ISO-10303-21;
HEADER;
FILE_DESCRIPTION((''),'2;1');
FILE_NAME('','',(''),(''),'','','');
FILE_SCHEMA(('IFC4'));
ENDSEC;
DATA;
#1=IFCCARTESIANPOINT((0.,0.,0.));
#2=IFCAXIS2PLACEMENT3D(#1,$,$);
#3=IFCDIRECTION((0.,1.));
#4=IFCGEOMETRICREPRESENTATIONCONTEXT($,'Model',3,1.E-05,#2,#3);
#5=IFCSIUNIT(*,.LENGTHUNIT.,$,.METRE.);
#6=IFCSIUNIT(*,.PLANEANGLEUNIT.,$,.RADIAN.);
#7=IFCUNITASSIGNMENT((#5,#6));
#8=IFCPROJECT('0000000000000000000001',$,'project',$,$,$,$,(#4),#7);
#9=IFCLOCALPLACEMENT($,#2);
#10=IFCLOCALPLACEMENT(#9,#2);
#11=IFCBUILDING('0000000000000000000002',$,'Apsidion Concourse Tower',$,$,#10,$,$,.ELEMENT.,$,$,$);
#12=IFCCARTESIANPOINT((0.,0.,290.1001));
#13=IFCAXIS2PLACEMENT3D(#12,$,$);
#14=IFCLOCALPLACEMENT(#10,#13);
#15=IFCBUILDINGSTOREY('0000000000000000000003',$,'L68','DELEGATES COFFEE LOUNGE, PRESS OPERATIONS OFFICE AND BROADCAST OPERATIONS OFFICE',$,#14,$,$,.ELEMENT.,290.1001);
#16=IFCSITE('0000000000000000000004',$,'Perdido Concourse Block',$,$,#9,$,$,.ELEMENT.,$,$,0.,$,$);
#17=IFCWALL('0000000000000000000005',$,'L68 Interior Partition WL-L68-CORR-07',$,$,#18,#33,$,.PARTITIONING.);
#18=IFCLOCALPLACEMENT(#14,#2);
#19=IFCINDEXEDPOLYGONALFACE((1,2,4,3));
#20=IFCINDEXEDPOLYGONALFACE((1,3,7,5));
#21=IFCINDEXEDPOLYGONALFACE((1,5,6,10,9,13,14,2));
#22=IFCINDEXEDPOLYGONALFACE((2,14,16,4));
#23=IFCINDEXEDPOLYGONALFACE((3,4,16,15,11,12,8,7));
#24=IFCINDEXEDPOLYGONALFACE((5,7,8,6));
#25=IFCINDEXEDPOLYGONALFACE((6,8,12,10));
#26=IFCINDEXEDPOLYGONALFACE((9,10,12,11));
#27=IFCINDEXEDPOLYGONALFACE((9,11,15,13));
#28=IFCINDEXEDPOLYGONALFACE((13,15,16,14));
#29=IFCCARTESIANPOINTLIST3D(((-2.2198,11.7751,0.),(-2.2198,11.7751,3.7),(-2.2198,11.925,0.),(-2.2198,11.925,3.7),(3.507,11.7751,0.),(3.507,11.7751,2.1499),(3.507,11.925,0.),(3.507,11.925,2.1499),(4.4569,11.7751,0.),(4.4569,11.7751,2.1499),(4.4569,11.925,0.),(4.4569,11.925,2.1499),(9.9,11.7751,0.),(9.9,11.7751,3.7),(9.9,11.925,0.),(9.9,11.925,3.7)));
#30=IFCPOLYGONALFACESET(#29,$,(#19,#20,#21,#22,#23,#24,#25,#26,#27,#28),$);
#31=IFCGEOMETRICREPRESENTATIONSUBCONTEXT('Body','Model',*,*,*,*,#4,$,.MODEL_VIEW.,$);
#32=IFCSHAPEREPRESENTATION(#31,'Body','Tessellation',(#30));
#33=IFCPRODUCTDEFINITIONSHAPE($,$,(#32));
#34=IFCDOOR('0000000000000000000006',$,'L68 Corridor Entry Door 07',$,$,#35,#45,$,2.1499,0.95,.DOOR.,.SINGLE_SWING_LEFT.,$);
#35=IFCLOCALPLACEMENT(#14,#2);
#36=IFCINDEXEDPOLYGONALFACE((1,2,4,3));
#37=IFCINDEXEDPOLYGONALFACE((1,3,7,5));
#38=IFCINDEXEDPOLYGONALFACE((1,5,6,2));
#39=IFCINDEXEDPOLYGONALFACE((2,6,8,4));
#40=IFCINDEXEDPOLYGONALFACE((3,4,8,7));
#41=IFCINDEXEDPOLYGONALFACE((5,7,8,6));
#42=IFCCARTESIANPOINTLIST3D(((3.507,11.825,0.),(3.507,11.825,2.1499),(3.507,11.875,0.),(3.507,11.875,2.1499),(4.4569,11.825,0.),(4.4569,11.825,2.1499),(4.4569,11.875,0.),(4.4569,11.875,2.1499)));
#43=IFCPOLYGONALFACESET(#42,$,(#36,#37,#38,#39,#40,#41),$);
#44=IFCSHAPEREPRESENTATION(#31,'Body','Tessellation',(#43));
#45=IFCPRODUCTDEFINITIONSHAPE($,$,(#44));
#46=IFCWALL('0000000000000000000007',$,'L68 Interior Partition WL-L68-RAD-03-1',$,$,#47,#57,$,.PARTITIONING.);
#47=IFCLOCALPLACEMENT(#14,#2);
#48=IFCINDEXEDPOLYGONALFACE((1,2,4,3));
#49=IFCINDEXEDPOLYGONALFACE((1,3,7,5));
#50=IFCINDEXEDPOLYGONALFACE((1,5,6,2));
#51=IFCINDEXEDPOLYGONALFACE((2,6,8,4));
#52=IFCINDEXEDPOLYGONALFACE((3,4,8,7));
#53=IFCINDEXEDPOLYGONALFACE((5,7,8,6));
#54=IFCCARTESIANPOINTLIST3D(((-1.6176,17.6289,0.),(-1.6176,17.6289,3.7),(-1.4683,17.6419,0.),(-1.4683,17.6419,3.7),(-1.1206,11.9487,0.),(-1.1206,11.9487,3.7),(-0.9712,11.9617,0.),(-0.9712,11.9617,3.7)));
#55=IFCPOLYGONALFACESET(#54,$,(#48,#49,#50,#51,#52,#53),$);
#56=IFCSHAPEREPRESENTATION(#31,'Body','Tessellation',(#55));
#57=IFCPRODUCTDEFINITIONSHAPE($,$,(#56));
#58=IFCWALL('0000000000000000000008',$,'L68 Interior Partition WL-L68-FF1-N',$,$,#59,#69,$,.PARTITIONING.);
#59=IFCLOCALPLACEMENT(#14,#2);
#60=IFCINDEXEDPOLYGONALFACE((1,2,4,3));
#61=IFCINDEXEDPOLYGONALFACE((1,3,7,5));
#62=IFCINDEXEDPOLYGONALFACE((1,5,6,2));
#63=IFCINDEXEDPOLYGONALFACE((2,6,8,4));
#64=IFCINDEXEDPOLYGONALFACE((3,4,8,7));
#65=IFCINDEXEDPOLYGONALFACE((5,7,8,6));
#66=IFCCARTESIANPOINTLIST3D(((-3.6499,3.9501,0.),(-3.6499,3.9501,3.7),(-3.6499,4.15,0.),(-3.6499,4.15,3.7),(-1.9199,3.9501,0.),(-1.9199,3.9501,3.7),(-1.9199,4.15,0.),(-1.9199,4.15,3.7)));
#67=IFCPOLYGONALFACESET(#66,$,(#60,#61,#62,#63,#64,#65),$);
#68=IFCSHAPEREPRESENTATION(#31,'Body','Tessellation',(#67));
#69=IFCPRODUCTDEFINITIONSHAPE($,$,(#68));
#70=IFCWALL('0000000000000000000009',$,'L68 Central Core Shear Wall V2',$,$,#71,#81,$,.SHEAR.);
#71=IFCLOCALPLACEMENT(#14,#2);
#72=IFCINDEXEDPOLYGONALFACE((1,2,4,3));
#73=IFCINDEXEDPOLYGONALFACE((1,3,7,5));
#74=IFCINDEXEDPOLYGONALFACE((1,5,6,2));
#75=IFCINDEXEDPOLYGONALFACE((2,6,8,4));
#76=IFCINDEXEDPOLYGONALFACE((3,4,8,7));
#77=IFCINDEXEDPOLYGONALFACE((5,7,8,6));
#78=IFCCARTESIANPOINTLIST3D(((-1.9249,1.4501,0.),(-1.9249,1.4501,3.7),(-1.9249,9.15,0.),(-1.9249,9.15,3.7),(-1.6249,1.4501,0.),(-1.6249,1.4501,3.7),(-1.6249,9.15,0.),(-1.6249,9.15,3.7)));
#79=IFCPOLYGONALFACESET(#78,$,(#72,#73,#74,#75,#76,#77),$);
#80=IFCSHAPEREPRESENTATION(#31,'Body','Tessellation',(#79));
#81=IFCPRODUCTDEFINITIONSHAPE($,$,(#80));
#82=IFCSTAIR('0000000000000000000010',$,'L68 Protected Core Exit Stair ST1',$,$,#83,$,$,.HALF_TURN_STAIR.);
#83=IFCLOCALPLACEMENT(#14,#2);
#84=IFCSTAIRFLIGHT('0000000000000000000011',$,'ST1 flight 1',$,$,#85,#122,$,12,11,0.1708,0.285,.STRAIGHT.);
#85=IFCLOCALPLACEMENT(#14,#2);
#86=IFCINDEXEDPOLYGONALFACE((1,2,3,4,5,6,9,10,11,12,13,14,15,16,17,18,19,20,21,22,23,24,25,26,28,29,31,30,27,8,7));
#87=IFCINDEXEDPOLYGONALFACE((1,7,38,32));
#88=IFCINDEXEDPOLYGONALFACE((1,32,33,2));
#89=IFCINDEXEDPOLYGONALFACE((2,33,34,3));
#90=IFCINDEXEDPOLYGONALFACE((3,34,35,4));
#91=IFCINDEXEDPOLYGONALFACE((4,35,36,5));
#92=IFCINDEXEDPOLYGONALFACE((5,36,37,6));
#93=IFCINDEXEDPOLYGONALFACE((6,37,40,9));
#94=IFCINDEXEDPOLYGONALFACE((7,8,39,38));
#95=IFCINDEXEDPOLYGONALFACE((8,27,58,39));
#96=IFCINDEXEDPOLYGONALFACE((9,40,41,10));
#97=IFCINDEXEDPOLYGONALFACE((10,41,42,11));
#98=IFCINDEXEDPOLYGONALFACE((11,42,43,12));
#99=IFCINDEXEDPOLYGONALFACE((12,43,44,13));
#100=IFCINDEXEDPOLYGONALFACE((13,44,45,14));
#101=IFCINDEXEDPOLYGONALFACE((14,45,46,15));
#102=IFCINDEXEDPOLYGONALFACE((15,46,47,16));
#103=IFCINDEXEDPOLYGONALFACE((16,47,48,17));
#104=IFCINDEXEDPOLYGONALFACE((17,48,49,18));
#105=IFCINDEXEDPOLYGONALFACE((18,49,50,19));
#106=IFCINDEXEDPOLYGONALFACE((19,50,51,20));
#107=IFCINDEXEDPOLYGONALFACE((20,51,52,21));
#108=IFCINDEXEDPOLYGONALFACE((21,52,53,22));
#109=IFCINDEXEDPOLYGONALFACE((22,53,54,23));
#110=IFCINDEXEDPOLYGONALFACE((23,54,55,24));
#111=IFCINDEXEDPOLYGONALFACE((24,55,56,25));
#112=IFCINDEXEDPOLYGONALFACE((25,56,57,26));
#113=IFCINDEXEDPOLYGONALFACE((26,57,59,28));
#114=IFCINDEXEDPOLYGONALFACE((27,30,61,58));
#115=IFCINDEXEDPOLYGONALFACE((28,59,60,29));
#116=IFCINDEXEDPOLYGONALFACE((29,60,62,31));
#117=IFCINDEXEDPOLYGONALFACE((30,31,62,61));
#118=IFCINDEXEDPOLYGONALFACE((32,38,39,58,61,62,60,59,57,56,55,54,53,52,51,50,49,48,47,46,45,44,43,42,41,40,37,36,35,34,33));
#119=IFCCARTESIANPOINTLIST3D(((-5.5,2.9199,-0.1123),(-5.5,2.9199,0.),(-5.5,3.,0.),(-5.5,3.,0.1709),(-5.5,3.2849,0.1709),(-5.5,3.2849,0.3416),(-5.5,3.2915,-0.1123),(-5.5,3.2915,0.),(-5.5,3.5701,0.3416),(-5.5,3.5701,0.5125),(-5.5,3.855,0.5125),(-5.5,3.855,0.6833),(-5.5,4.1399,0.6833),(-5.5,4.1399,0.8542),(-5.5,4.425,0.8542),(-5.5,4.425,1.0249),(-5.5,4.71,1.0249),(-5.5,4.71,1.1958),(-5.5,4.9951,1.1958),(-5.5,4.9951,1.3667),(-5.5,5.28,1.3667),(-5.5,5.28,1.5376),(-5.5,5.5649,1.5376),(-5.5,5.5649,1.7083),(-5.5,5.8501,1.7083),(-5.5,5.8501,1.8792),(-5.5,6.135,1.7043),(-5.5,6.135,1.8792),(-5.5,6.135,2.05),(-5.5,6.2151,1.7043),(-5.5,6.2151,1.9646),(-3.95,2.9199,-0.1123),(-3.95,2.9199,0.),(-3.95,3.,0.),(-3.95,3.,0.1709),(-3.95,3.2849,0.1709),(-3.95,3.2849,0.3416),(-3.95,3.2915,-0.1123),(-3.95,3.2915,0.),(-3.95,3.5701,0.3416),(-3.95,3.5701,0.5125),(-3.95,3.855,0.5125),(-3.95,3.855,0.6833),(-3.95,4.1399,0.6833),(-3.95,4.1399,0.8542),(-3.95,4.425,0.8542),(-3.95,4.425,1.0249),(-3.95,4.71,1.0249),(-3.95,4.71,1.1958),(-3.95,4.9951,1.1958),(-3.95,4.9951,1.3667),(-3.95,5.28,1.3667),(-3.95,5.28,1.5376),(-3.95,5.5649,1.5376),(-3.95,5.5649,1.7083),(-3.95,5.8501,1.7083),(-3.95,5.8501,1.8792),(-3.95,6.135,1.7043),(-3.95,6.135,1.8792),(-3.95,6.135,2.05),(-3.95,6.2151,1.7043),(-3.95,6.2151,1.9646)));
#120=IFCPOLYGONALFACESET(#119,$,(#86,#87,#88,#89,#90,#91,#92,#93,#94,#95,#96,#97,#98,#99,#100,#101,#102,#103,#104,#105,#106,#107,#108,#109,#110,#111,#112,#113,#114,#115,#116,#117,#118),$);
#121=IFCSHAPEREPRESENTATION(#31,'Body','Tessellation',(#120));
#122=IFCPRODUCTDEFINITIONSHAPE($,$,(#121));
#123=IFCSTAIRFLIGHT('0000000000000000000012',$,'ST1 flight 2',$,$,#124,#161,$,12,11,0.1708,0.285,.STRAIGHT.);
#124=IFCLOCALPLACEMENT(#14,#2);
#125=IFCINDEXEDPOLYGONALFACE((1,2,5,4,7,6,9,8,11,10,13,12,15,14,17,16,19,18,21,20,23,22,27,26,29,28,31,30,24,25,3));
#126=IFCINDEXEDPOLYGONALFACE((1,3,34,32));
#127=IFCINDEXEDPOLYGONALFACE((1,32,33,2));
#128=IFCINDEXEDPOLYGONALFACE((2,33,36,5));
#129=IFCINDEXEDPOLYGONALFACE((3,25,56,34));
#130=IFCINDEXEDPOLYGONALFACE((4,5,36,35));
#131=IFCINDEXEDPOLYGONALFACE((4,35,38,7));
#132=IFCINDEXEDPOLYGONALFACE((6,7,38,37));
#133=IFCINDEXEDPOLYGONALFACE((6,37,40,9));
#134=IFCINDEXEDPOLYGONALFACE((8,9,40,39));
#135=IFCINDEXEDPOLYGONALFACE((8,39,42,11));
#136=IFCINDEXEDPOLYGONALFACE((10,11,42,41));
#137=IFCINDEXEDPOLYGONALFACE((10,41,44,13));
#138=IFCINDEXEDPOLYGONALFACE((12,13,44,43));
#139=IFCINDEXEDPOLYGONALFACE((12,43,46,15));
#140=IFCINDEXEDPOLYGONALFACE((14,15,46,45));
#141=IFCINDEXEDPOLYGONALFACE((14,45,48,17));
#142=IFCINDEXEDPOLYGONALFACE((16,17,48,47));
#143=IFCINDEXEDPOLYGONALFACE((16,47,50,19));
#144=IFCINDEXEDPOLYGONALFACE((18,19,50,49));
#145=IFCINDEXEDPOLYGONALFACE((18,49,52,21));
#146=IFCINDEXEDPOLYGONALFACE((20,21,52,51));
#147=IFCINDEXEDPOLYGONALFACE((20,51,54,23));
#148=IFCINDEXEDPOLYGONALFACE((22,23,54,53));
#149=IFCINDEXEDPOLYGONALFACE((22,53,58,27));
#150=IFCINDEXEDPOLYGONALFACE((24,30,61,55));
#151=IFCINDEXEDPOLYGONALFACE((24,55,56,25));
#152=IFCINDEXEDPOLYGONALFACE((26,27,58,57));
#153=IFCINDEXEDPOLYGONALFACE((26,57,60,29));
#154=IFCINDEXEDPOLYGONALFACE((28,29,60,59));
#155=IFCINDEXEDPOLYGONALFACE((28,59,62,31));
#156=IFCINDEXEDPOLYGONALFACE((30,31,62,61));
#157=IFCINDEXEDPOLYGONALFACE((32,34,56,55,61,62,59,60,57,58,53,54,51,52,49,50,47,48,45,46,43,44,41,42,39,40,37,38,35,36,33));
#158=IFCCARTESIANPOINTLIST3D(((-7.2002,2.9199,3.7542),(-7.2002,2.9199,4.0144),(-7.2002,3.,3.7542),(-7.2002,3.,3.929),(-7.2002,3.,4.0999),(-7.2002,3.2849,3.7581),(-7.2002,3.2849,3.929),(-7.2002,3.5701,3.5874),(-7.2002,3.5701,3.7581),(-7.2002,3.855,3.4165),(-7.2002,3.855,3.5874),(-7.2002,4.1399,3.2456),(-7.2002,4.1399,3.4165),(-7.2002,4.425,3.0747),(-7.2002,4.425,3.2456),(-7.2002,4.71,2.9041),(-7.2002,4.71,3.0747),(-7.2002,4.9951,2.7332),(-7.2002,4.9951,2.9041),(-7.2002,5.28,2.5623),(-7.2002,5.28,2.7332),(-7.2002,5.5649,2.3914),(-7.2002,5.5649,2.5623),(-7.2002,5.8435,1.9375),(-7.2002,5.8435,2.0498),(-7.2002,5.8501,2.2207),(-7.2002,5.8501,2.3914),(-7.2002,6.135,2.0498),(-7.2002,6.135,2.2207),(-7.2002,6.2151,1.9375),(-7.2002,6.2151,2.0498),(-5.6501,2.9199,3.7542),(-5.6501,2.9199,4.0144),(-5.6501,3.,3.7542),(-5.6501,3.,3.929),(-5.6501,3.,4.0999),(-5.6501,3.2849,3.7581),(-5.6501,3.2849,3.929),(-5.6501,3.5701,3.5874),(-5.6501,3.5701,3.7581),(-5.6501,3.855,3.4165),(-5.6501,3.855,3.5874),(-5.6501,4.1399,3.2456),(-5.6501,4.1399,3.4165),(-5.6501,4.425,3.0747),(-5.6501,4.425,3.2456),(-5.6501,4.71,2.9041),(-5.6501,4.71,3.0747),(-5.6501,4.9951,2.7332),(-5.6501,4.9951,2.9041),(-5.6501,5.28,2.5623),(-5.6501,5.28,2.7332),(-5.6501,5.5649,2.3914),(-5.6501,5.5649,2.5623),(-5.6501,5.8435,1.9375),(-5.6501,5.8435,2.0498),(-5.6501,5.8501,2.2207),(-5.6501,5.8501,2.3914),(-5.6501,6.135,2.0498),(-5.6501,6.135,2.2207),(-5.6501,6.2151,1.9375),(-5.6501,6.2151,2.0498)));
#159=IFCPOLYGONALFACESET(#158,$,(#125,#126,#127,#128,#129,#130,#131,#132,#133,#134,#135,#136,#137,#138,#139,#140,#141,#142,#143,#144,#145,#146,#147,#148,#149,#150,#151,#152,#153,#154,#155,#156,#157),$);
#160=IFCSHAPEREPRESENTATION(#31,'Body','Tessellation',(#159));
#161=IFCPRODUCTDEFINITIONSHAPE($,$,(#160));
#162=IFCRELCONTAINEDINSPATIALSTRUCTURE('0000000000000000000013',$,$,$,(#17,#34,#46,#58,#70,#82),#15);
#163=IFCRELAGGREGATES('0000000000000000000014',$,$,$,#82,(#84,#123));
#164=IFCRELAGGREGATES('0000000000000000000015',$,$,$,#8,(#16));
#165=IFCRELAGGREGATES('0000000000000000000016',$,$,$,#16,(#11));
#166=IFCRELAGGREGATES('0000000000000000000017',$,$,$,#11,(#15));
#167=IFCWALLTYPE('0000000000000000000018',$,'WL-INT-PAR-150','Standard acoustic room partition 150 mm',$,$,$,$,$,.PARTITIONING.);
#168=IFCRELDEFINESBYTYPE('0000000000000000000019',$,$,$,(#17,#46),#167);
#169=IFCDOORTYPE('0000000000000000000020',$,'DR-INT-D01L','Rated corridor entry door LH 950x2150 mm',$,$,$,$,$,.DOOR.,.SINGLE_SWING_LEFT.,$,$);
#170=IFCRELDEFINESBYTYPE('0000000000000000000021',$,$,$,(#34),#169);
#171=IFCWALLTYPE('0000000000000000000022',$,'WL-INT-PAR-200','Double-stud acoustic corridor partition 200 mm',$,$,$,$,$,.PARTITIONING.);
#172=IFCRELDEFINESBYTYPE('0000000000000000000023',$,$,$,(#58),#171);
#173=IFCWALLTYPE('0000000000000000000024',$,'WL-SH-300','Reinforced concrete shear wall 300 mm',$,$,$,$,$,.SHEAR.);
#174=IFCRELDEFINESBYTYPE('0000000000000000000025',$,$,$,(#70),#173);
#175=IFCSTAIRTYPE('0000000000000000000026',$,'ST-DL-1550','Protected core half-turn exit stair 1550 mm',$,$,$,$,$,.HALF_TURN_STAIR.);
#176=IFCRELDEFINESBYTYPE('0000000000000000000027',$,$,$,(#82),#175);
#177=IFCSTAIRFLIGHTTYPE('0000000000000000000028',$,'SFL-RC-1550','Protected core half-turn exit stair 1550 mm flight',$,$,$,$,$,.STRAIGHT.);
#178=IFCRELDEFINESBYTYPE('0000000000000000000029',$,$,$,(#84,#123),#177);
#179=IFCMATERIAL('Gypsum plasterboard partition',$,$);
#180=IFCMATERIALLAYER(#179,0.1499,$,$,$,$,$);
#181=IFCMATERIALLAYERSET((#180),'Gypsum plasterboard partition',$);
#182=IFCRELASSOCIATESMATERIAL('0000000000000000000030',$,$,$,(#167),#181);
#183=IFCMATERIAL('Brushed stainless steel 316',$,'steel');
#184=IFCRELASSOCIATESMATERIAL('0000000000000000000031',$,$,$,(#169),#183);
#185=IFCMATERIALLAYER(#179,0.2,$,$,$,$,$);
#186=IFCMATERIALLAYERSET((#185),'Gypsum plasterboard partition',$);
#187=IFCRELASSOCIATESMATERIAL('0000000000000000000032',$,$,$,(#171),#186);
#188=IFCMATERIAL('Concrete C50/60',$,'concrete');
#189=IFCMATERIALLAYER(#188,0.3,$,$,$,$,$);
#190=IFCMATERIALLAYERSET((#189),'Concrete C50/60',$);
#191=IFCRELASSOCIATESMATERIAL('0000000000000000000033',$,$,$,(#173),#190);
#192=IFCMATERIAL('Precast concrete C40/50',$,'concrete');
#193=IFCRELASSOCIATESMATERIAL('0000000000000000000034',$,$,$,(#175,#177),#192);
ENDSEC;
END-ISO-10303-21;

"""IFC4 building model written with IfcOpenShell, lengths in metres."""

from ifc_helpers import new_model, si_unit, direction, frame, frame_2d, origin, place, context, subcontext, project, spatial, polyline, rectangle, outline, extrude, material, layer, layer_set, type_object, element, fill, aggregate, save


model = new_model("IFC4")

# Units and contexts
model_context = context("Model", 3, precision=1e-05, world=origin(), true_north=direction((0.0, 1.0)))
body_context = subcontext(model_context, "Body", "Model", "MODEL_VIEW")
ifc_project = project(units=[si_unit("LENGTHUNIT", "METRE"), si_unit("PLANEANGLEUNIT", "RADIAN")], contexts=[model_context])

# Site, building, storey
site_placement = place(None, origin())
site = spatial("IfcSite", under=ifc_project, at=site_placement, Name="Perdido Concourse Block", CompositionType="ELEMENT", RefElevation=0.0)
building_placement = place(site_placement, origin())
building = spatial("IfcBuilding", under=site, at=building_placement, Name="Apsidion Concourse Tower", CompositionType="ELEMENT")
storey_placement = place(building_placement, frame((0.0, 0.0, 290.1001)))
storey = spatial("IfcBuildingStorey", under=building, at=storey_placement, Name="L68", Description="DELEGATES COFFEE LOUNGE, PRESS OPERATIONS OFFICE AND BROADCAST OPERATIONS OFFICE", CompositionType="ELEMENT", Elevation=290.1001)

# Shared definitions
ifc_material_1 = material(Name="Concrete C50/60", Category="concrete")

# Shared definitions
ifc_material_2 = material(Name="Gypsum plasterboard partition")
ifc_layer_1 = layer(ifc_material_2, 0.1499)
ifc_layer_set_1 = layer_set([ifc_layer_1], Name="Gypsum plasterboard partition")
wall_type_1 = type_object("IfcWallType", Name="WL-INT-PAR-150", Description="Standard acoustic room partition 150 mm", PredefinedType="PARTITIONING", material=ifc_layer_set_1)

# Wall, opening, door
wall_1_placement = place(storey_placement, frame((-2.22, 11.8501, 0.0), z_axis=(0.0, 0.0, 1.0), x_axis=(1.0, 0.0, 0.0)))
wall_1 = element("IfcWall", 1, at=wall_1_placement, inside=storey, type_object=wall_type_1, Name="L68 Interior Partition WL-L68-CORR-07", PredefinedType="PARTITIONING", context=body_context, shape_type="SweptSolid", body=[
    extrude(rectangle(XDim=12.1199, YDim=0.1499, at=frame_2d((6.0601, 0.0))), origin(), (0.0, 0.0, 1.0), 3.7),
])
opening_1_placement = place(wall_1_placement, frame((5.7268, 0.0, 0.0)))
opening_1 = element("IfcOpeningElement", 2, at=opening_1_placement, cuts=wall_1, PredefinedType="OPENING", context=body_context, shape_type="SweptSolid", body=[
    extrude(rectangle(XDim=0.95, YDim=2.1499, at=frame_2d((0.4751, 1.075))), frame((0.0, 0.085, 0.0), z_axis=(0.0, -1.0, 0.0), x_axis=(1.0, 0.0, 0.0)), (0.0, 0.0, 1.0), 0.1699),
])
ifc_material_3 = material(Name="Brushed stainless steel 316", Category="steel")
door_type_1 = type_object("IfcDoorType", Name="DR-INT-D01L", Description="Rated corridor entry door LH 950x2150 mm", OperationType="SINGLE_SWING_LEFT", PredefinedType="DOOR", material=ifc_material_3)
door_1_placement = place(opening_1_placement, origin())
door_1 = element("IfcDoor", 3, at=door_1_placement, inside=storey, type_object=door_type_1, Name="L68 Corridor Entry Door 07", OperationType="SINGLE_SWING_LEFT", OverallHeight=2.1499, OverallWidth=0.95, PredefinedType="DOOR", context=body_context, shape_type="SweptSolid", body=[
    extrude(rectangle(XDim=0.95, YDim=2.1499, at=frame_2d((0.4751, 1.075))), frame((0.0, 0.0249, 0.0), z_axis=(0.0, -1.0, 0.0), x_axis=(1.0, 0.0, 0.0)), (0.0, 0.0, 1.0), 0.05),
])
fill(opening_1, door_1)

# Walls
wall_2_placement = place(storey_placement, frame((-1.0459, 11.9551, 0.0), z_axis=(0.0, 0.0, 1.0), x_axis=(-0.087177, 0.996193, 0.0)))
element("IfcWall", 4, at=wall_2_placement, inside=storey, type_object=wall_type_1, Name="L68 Interior Partition WL-L68-RAD-03-1", PredefinedType="PARTITIONING", context=body_context, shape_type="SweptSolid", body=[
    extrude(rectangle(XDim=5.7019, YDim=0.1499, at=frame_2d((2.8511, 0.0))), origin(), (0.0, 0.0, 1.0), 3.7),
])
ifc_layer_2 = layer(ifc_material_2, 0.2)
ifc_layer_set_2 = layer_set([ifc_layer_2], Name="Gypsum plasterboard partition")
wall_type_2 = type_object("IfcWallType", Name="WL-INT-PAR-200", Description="Double-stud acoustic corridor partition 200 mm", PredefinedType="PARTITIONING", material=ifc_layer_set_2)
wall_3_placement = place(storey_placement, frame((-3.6499, 4.05, 0.0), z_axis=(0.0, 0.0, 1.0), x_axis=(1.0, 0.0, 0.0)))
element("IfcWall", 5, at=wall_3_placement, inside=storey, type_object=wall_type_2, Name="L68 Interior Partition WL-L68-FF1-N", PredefinedType="PARTITIONING", context=body_context, shape_type="SweptSolid", body=[
    extrude(rectangle(XDim=1.73, YDim=0.2, at=frame_2d((0.865, 0.0))), origin(), (0.0, 0.0, 1.0), 3.7),
])
ifc_layer_3 = layer(ifc_material_1, 0.3)
ifc_layer_set_3 = layer_set([ifc_layer_3], Name="Concrete C50/60")
wall_type_3 = type_object("IfcWallType", Name="WL-SH-300", Description="Reinforced concrete shear wall 300 mm", PredefinedType="SHEAR", material=ifc_layer_set_3)
wall_4_placement = place(storey_placement, frame((-1.7749, 1.45, 0.0), z_axis=(0.0, 0.0, 1.0), x_axis=(0.0, 1.0, 0.0)))
element("IfcWall", 6, at=wall_4_placement, inside=storey, type_object=wall_type_3, Name="L68 Central Core Shear Wall V2", PredefinedType="SHEAR", context=body_context, shape_type="SweptSolid", body=[
    extrude(rectangle(XDim=7.7, YDim=0.3, at=frame_2d((3.8501, 0.0))), origin(), (0.0, 0.0, 1.0), 3.7),
])

# Stair, stair flights
ifc_material_4 = material(Name="Precast concrete C40/50", Category="concrete")
stair_type = type_object("IfcStairType", Name="ST-DL-1550", Description="Protected core half-turn exit stair 1550 mm", PredefinedType="HALF_TURN_STAIR", material=ifc_material_4)
stair_1_placement = place(storey_placement, origin())
stair_1 = element("IfcStair", 7, at=stair_1_placement, inside=storey, type_object=stair_type, Name="L68 Protected Core Exit Stair ST1", PredefinedType="HALF_TURN_STAIR")
stair_flight_type = type_object("IfcStairFlightType", Name="SFL-RC-1550", Description="Protected core half-turn exit stair 1550 mm flight", PredefinedType="STRAIGHT", material=ifc_material_4)
stair_flight_1_placement = place(storey_placement, frame((-4.7251, 3.0, 0.0), z_axis=(0.0, 0.0, 1.0), x_axis=(0.0, 1.0, 0.0)))
stair_flight_1 = element("IfcStairFlight", 8, at=stair_flight_1_placement, type_object=stair_flight_type, Name="ST1 flight 1", NumberOfRisers=12, NumberOfTreads=11, PredefinedType="STRAIGHT", RiserHeight=0.1708, TreadLength=0.285, context=body_context, shape_type="SweptSolid", body=[
    extrude(outline(polyline([(-0.0801, -0.1123), (-0.0801, 0.0), (0.0, 0.0), (0.0, 0.1709), (0.2849, 0.1709), (0.2849, 0.3416), (0.5701, 0.3416), (0.5701, 0.5125), (0.855, 0.5125), (0.855, 0.6833), (1.1399, 0.6833), (1.1399, 0.8542), (1.425, 0.8542), (1.425, 1.0249), (1.71, 1.0249), (1.71, 1.1958), (1.9951, 1.1958), (1.9951, 1.3667), (2.28, 1.3667), (2.28, 1.5376), (2.5649, 1.5376), (2.5649, 1.7083), (2.8501, 1.7083), (2.8501, 1.8792), (3.135, 1.8792), (3.135, 2.05), (3.2151, 1.9646), (3.2151, 1.7043), (3.135, 1.7043), (0.2915, 0.0), (0.2915, -0.1123), (-0.0801, -0.1123)])), frame((0.0, 0.7749, 0.0), z_axis=(0.0, -1.0, 0.0), x_axis=(1.0, 0.0, 0.0)), (0.0, 0.0, 1.0), 1.55),
])
stair_flight_2_placement = place(storey_placement, frame((-6.425, 6.135, 2.0498), z_axis=(0.0, 0.0, 1.0), x_axis=(0.0, -1.0, 0.0)))
stair_flight_2 = element("IfcStairFlight", 9, at=stair_flight_2_placement, type_object=stair_flight_type, Name="ST1 flight 2", NumberOfRisers=12, NumberOfTreads=11, PredefinedType="STRAIGHT", RiserHeight=0.1708, TreadLength=0.285, context=body_context, shape_type="SweptSolid", body=[
    extrude(outline(polyline([(-0.0801, -0.1123), (-0.0801, 0.0), (0.0, 0.0), (0.0, 0.1709), (0.2849, 0.1709), (0.2849, 0.3416), (0.5701, 0.3416), (0.5701, 0.5125), (0.855, 0.5125), (0.855, 0.6833), (1.1399, 0.6833), (1.1399, 0.8542), (1.425, 0.8542), (1.425, 1.0249), (1.71, 1.0249), (1.71, 1.1958), (1.9951, 1.1958), (1.9951, 1.3667), (2.28, 1.3667), (2.28, 1.5376), (2.5649, 1.5376), (2.5649, 1.7083), (2.8501, 1.7083), (2.8501, 1.8792), (3.135, 1.8792), (3.135, 2.05), (3.2151, 1.9646), (3.2151, 1.7043), (3.135, 1.7043), (0.2915, 0.0), (0.2915, -0.1123), (-0.0801, -0.1123)])), frame((0.0, 0.7749, 0.0), z_axis=(0.0, -1.0, 0.0), x_axis=(1.0, 0.0, 0.0)), (0.0, 0.0, 1.0), 1.55),
])
aggregate(stair_1, [stair_flight_1, stair_flight_2])

save(model, "model.ifc")
